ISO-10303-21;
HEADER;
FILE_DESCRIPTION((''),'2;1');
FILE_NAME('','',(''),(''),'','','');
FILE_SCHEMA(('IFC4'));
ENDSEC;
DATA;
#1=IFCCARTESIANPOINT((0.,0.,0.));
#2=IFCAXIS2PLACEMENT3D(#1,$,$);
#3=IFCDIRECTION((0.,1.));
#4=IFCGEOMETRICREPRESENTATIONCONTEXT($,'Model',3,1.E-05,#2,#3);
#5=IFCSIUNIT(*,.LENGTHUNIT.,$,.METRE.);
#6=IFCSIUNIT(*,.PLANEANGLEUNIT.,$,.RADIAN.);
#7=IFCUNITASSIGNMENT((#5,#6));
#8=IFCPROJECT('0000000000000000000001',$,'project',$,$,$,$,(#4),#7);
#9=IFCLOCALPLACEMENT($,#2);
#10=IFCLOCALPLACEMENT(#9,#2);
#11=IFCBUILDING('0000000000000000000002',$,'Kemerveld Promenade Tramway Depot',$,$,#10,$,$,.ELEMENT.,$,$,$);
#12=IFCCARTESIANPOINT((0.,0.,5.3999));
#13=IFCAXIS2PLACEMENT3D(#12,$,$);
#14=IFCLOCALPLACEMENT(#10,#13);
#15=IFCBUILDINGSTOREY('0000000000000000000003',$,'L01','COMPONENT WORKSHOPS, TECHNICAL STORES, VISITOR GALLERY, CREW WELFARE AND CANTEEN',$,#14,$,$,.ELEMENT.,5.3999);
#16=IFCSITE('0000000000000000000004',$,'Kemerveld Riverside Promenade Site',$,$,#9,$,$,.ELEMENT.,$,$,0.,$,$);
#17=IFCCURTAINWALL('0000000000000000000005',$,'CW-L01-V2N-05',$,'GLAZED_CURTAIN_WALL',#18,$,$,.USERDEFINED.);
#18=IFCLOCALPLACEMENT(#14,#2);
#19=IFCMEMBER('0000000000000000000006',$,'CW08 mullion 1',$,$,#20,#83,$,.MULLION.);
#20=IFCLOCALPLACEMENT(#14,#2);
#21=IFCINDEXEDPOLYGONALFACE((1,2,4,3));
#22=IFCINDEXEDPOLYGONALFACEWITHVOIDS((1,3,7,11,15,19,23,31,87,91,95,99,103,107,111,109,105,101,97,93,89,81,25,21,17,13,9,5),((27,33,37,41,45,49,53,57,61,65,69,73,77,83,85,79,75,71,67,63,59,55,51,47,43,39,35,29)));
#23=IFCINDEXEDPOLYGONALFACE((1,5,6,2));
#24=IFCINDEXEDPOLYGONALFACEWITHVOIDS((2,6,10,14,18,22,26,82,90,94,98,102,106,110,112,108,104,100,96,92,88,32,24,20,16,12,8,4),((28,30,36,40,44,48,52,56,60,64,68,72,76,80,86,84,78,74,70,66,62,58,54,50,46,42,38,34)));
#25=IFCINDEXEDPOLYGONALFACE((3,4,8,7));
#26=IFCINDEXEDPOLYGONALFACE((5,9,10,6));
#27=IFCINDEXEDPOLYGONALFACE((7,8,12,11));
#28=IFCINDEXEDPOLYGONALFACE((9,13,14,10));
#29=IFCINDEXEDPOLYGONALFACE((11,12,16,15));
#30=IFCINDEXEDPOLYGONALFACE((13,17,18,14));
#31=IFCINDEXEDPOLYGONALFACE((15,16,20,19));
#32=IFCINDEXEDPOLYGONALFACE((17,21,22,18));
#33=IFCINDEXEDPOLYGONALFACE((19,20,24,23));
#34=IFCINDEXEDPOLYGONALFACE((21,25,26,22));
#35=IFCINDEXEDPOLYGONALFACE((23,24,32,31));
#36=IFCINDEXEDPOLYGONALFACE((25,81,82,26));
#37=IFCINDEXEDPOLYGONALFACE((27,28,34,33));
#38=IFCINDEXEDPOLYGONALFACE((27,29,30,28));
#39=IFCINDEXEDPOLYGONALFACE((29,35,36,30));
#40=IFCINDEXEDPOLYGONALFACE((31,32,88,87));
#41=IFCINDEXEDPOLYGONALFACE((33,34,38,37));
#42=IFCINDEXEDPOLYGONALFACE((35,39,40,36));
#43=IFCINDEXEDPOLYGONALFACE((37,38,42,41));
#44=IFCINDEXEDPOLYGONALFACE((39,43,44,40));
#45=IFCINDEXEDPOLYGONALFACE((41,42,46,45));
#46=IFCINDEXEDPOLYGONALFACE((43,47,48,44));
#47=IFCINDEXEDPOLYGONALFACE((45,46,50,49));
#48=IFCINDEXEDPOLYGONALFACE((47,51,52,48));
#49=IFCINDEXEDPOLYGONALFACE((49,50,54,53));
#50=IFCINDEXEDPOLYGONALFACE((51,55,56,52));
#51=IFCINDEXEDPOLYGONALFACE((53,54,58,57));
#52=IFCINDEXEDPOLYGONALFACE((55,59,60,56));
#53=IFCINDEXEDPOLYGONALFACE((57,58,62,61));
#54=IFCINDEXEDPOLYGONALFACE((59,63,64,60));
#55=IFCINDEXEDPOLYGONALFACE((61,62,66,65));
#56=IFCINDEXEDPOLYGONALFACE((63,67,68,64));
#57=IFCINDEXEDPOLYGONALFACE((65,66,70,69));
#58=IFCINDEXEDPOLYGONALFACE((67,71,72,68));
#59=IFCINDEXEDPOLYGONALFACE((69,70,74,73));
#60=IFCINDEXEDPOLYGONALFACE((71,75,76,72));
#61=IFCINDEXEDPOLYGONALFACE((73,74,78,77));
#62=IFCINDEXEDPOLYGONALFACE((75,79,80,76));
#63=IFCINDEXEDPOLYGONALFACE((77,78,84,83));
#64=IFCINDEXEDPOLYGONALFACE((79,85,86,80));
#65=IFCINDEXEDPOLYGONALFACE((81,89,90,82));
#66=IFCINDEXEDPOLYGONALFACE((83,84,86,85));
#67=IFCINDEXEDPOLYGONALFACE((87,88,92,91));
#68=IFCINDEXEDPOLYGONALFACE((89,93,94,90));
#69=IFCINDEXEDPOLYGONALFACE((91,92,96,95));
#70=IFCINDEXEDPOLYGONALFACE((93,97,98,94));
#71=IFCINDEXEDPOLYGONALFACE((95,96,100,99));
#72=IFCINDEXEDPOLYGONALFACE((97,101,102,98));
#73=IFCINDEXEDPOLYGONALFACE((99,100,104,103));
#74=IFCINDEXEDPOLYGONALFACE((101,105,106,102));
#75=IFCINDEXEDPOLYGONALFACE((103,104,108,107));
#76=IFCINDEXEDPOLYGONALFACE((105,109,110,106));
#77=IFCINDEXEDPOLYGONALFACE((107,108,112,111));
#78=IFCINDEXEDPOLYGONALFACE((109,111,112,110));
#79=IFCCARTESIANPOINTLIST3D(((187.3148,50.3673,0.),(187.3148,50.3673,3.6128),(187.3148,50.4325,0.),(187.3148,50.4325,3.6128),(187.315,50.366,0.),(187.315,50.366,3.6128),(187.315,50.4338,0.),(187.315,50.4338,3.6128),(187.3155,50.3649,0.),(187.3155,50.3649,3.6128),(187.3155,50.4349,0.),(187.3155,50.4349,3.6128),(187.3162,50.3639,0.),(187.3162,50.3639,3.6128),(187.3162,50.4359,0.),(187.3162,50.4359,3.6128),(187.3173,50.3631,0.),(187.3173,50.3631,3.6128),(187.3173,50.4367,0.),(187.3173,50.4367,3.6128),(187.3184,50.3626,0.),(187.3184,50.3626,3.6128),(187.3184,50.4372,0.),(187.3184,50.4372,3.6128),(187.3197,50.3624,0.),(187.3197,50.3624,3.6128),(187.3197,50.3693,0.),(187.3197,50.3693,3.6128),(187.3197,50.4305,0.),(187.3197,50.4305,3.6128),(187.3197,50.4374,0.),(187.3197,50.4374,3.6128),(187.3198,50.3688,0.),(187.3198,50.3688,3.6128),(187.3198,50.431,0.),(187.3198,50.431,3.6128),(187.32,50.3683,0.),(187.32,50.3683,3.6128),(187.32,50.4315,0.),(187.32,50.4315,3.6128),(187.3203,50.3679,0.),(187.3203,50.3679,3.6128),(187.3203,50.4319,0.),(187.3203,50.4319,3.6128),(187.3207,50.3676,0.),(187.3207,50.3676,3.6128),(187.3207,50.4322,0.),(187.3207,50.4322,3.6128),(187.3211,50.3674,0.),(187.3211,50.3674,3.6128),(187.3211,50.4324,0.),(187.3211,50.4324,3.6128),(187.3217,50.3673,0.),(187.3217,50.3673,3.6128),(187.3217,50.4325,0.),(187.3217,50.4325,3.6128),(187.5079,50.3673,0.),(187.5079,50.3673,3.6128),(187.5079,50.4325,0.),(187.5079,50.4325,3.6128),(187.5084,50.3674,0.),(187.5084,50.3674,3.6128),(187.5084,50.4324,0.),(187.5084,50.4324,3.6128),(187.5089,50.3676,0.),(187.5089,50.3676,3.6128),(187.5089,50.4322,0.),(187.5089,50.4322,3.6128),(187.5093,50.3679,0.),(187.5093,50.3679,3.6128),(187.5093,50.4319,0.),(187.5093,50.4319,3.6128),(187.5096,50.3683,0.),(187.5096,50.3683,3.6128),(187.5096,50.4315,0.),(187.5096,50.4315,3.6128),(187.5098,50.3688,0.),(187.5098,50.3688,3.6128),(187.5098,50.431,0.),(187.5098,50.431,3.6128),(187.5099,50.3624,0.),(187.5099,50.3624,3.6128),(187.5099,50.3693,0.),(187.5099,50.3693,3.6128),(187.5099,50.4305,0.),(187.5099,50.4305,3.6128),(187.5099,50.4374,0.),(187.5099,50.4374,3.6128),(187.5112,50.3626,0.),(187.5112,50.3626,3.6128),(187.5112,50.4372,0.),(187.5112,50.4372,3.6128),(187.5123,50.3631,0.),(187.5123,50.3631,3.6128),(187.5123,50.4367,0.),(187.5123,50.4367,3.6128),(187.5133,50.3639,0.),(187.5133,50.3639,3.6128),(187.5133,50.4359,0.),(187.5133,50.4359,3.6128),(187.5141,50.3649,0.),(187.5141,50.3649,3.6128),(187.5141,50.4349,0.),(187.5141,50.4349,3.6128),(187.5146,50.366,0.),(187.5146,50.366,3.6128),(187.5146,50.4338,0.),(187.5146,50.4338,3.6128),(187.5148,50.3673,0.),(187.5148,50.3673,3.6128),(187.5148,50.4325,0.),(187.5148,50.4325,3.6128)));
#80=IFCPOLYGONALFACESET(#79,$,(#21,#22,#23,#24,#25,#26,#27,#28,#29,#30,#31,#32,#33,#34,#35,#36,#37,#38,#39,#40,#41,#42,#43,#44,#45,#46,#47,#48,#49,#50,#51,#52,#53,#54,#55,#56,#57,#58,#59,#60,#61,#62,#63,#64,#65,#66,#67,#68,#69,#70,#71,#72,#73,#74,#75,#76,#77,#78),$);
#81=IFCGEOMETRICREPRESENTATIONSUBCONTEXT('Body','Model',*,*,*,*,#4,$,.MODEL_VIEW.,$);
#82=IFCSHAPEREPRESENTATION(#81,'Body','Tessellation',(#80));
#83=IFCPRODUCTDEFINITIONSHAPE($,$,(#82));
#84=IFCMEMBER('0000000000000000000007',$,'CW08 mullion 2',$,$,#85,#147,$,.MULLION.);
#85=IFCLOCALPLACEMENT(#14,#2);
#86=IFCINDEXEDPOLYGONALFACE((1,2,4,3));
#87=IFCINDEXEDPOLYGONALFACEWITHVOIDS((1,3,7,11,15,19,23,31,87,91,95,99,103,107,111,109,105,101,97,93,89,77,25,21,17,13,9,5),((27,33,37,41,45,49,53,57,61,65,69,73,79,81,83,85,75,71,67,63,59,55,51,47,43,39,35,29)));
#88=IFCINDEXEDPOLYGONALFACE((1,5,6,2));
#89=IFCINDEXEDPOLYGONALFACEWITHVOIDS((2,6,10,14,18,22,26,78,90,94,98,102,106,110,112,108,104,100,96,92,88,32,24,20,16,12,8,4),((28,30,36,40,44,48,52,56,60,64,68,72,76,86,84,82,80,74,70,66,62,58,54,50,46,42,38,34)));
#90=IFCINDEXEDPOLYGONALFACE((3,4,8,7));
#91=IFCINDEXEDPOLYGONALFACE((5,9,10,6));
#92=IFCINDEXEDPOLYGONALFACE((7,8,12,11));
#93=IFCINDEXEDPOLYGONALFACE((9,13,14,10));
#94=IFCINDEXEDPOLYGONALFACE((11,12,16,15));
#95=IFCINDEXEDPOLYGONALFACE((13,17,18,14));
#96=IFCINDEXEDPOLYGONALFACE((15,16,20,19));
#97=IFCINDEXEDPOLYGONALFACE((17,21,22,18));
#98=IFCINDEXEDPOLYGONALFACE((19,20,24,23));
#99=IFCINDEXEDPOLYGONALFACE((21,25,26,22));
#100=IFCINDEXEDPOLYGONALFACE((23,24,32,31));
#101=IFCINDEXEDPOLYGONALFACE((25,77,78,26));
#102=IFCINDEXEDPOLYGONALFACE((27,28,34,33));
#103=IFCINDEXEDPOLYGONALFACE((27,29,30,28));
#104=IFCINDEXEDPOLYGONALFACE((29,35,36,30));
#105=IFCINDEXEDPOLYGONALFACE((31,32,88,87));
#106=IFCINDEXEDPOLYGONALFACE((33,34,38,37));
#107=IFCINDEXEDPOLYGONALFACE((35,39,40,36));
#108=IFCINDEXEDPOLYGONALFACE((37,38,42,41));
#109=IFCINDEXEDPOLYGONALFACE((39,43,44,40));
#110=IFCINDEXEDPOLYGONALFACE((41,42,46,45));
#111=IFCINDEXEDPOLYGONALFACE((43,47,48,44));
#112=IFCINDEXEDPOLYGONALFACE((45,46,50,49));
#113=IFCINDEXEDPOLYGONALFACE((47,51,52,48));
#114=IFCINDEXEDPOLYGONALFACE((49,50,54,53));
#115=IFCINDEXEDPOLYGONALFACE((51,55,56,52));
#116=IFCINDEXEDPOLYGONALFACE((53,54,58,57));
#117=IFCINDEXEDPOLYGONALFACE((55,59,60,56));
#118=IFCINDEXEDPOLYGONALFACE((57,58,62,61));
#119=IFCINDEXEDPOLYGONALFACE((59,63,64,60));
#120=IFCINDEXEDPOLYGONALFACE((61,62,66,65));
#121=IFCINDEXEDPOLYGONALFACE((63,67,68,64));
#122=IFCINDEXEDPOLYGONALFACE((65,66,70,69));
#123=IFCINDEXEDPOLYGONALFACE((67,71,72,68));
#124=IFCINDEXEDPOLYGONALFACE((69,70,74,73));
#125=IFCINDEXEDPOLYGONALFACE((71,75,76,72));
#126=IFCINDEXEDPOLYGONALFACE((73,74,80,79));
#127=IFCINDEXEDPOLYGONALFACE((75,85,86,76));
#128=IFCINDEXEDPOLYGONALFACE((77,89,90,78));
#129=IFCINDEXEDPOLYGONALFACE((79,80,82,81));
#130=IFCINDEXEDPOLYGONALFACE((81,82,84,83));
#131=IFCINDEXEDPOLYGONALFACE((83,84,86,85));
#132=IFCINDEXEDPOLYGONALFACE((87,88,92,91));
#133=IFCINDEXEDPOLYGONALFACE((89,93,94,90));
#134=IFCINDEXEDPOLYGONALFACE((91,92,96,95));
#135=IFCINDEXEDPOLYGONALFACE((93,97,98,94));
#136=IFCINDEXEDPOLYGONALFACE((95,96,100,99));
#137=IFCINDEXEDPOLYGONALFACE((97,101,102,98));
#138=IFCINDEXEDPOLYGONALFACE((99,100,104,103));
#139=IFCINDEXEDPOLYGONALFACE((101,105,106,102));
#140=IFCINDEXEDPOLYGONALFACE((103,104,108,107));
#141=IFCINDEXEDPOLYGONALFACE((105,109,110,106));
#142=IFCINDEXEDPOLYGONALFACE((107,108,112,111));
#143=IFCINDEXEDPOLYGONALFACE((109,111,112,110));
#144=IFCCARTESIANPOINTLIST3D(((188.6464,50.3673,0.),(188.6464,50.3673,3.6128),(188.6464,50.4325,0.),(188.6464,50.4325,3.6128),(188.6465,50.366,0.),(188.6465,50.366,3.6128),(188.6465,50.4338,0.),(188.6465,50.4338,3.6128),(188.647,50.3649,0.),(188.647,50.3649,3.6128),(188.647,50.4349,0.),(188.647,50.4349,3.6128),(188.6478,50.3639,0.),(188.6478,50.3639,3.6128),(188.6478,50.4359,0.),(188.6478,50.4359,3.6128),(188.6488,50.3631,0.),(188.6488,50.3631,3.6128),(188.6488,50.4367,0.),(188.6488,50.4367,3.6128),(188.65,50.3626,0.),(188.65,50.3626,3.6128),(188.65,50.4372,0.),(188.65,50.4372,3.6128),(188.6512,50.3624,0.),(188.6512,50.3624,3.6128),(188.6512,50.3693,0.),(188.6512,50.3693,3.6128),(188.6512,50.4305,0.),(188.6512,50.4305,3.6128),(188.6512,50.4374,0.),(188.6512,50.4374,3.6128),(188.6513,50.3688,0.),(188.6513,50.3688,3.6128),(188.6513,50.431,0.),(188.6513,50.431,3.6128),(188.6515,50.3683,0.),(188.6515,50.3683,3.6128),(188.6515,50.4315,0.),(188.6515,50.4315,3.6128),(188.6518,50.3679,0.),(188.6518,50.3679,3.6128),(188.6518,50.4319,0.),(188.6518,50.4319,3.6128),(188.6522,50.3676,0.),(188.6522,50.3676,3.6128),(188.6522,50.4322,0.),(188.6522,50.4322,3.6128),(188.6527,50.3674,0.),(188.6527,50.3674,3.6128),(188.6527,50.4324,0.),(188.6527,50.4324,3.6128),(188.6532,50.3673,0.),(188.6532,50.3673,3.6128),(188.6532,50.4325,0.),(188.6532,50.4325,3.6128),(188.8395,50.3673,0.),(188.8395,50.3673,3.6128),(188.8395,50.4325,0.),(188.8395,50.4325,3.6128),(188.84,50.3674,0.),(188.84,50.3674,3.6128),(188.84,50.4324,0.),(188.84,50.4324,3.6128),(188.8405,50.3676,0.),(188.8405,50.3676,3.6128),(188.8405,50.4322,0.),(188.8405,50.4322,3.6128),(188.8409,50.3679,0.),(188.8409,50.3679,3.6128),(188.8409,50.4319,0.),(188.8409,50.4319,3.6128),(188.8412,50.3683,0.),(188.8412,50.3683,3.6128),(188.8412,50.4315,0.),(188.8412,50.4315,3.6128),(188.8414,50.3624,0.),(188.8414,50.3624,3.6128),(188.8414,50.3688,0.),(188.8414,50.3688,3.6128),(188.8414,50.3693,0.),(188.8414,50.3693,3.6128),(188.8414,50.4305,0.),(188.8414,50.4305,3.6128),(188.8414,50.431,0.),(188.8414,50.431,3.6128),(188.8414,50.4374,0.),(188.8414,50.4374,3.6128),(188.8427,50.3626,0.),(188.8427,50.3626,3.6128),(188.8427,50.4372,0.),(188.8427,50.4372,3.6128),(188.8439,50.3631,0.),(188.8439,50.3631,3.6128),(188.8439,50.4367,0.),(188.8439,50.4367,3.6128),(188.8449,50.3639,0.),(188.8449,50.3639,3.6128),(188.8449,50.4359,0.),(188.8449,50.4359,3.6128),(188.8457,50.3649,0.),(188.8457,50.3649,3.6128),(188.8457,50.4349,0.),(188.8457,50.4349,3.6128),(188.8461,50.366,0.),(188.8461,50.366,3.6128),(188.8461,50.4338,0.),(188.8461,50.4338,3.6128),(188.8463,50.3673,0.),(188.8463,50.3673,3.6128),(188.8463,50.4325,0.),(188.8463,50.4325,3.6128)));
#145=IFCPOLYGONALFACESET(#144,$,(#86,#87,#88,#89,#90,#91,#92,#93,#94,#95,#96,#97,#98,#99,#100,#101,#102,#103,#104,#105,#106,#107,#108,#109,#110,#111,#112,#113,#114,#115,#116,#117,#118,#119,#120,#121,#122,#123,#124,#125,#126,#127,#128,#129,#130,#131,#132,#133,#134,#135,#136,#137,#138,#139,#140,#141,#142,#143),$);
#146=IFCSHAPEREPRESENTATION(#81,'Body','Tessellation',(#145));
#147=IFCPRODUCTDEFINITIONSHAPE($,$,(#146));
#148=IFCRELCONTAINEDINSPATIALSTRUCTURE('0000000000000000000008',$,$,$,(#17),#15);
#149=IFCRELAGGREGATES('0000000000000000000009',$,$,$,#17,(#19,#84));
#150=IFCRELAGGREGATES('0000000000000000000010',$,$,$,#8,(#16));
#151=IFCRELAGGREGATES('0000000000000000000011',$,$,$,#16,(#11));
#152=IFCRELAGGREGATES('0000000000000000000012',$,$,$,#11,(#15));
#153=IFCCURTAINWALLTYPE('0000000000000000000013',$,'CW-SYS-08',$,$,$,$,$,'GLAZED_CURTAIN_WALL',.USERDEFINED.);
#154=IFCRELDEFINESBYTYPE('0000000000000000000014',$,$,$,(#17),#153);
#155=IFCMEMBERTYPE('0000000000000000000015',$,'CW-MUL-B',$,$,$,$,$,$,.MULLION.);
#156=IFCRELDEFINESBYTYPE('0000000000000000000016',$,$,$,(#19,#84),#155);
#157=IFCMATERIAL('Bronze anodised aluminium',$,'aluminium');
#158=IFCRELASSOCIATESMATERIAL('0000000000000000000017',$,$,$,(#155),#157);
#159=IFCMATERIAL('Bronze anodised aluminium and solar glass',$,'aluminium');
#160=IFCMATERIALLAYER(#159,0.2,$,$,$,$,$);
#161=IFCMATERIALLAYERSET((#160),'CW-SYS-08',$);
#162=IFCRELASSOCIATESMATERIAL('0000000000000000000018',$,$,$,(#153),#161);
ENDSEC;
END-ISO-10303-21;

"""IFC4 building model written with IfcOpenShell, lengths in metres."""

from ifc_helpers import new_model, si_unit, direction, frame, origin, origin_2d, place, context, subcontext, project, spatial, hollow_rectangle, extrude, material, layer, layer_set, material_profile, profile_set, type_object, element, aggregate, save


model = new_model("IFC4")

# Units and contexts
model_context = context("Model", 3, precision=1e-05, world=origin(), true_north=direction((0.0, 1.0)))
body_context = subcontext(model_context, "Body", "Model", "MODEL_VIEW")
ifc_project = project(units=[si_unit("LENGTHUNIT", "METRE"), si_unit("PLANEANGLEUNIT", "RADIAN")], contexts=[model_context])

# Site, building, storey
site_placement = place(None, origin())
site = spatial("IfcSite", under=ifc_project, at=site_placement, Name="Kemerveld Riverside Promenade Site", CompositionType="ELEMENT", RefElevation=0.0)
building_placement = place(site_placement, origin())
building = spatial("IfcBuilding", under=site, at=building_placement, Name="Kemerveld Promenade Tramway Depot", CompositionType="ELEMENT")
storey_placement = place(building_placement, frame((0.0, 0.0, 5.3999)))
storey = spatial("IfcBuildingStorey", under=building, at=storey_placement, Name="L01", Description="COMPONENT WORKSHOPS, TECHNICAL STORES, VISITOR GALLERY, CREW WELFARE AND CANTEEN", CompositionType="ELEMENT", Elevation=5.3999)

# Curtain wall, members
ifc_material_1 = material(Name="Bronze anodised aluminium and solar glass", Category="aluminium")
ifc_material_2 = material(Name="Bronze anodised aluminium", Category="aluminium")
ifc_material_profile_1 = material_profile(ifc_material_2, hollow_rectangle(XDim=0.075, YDim=0.2, WallThickness=0.0049, InnerFilletRadius=0.002, OuterFilletRadius=0.0049, at=origin_2d()), Name="CW-MUL-200x75")
ifc_profile_set_1 = profile_set([ifc_material_profile_1], Name="Bronze anodised aluminium")
member_type_1 = type_object("IfcMemberType", Name="CW-MUL-B", PredefinedType="MULLION", material=ifc_profile_set_1)
ifc_layer_1 = layer(ifc_material_1, 0.2)
ifc_layer_set_1 = layer_set([ifc_layer_1], Name="CW-SYS-08")
curtain_wall_type_1 = type_object("IfcCurtainWallType", Name="CW-SYS-08", ElementType="GLAZED_CURTAIN_WALL", PredefinedType="USERDEFINED", material=ifc_layer_set_1)
curtain_wall_1_placement = place(storey_placement, origin())
curtain_wall_1 = element("IfcCurtainWall", 1, at=curtain_wall_1_placement, inside=storey, type_object=curtain_wall_type_1, Name="CW-L01-V2N-05", ObjectType="GLAZED_CURTAIN_WALL", PredefinedType="USERDEFINED")
member_1_placement = place(storey_placement, frame((187.4148, 50.3999, 0.0), z_axis=(0.0, 0.0, 1.0), x_axis=(0.0, 1.0, 0.0)))
member_1 = element("IfcMember", 2, at=member_1_placement, type_object=member_type_1, Name="CW08 mullion 1", PredefinedType="MULLION", context=body_context, shape_type="SweptSolid", body=[
    extrude(hollow_rectangle(XDim=0.075, YDim=0.2, WallThickness=0.0049, InnerFilletRadius=0.002, OuterFilletRadius=0.0049, at=origin_2d()), origin(), (0.0, 0.0, 1.0), 3.6128),
])
member_2_placement = place(storey_placement, frame((188.7463, 50.3999, 0.0), z_axis=(0.0, 0.0, 1.0), x_axis=(0.0, 1.0, 0.0)))
member_2 = element("IfcMember", 3, at=member_2_placement, type_object=member_type_1, Name="CW08 mullion 2", PredefinedType="MULLION", context=body_context, shape_type="SweptSolid", body=[
    extrude(hollow_rectangle(XDim=0.075, YDim=0.2, WallThickness=0.0049, InnerFilletRadius=0.002, OuterFilletRadius=0.0049, at=origin_2d()), origin(), (0.0, 0.0, 1.0), 3.6128),
])

aggregate(curtain_wall_1, [member_1, member_2])

save(model, "model.ifc")
